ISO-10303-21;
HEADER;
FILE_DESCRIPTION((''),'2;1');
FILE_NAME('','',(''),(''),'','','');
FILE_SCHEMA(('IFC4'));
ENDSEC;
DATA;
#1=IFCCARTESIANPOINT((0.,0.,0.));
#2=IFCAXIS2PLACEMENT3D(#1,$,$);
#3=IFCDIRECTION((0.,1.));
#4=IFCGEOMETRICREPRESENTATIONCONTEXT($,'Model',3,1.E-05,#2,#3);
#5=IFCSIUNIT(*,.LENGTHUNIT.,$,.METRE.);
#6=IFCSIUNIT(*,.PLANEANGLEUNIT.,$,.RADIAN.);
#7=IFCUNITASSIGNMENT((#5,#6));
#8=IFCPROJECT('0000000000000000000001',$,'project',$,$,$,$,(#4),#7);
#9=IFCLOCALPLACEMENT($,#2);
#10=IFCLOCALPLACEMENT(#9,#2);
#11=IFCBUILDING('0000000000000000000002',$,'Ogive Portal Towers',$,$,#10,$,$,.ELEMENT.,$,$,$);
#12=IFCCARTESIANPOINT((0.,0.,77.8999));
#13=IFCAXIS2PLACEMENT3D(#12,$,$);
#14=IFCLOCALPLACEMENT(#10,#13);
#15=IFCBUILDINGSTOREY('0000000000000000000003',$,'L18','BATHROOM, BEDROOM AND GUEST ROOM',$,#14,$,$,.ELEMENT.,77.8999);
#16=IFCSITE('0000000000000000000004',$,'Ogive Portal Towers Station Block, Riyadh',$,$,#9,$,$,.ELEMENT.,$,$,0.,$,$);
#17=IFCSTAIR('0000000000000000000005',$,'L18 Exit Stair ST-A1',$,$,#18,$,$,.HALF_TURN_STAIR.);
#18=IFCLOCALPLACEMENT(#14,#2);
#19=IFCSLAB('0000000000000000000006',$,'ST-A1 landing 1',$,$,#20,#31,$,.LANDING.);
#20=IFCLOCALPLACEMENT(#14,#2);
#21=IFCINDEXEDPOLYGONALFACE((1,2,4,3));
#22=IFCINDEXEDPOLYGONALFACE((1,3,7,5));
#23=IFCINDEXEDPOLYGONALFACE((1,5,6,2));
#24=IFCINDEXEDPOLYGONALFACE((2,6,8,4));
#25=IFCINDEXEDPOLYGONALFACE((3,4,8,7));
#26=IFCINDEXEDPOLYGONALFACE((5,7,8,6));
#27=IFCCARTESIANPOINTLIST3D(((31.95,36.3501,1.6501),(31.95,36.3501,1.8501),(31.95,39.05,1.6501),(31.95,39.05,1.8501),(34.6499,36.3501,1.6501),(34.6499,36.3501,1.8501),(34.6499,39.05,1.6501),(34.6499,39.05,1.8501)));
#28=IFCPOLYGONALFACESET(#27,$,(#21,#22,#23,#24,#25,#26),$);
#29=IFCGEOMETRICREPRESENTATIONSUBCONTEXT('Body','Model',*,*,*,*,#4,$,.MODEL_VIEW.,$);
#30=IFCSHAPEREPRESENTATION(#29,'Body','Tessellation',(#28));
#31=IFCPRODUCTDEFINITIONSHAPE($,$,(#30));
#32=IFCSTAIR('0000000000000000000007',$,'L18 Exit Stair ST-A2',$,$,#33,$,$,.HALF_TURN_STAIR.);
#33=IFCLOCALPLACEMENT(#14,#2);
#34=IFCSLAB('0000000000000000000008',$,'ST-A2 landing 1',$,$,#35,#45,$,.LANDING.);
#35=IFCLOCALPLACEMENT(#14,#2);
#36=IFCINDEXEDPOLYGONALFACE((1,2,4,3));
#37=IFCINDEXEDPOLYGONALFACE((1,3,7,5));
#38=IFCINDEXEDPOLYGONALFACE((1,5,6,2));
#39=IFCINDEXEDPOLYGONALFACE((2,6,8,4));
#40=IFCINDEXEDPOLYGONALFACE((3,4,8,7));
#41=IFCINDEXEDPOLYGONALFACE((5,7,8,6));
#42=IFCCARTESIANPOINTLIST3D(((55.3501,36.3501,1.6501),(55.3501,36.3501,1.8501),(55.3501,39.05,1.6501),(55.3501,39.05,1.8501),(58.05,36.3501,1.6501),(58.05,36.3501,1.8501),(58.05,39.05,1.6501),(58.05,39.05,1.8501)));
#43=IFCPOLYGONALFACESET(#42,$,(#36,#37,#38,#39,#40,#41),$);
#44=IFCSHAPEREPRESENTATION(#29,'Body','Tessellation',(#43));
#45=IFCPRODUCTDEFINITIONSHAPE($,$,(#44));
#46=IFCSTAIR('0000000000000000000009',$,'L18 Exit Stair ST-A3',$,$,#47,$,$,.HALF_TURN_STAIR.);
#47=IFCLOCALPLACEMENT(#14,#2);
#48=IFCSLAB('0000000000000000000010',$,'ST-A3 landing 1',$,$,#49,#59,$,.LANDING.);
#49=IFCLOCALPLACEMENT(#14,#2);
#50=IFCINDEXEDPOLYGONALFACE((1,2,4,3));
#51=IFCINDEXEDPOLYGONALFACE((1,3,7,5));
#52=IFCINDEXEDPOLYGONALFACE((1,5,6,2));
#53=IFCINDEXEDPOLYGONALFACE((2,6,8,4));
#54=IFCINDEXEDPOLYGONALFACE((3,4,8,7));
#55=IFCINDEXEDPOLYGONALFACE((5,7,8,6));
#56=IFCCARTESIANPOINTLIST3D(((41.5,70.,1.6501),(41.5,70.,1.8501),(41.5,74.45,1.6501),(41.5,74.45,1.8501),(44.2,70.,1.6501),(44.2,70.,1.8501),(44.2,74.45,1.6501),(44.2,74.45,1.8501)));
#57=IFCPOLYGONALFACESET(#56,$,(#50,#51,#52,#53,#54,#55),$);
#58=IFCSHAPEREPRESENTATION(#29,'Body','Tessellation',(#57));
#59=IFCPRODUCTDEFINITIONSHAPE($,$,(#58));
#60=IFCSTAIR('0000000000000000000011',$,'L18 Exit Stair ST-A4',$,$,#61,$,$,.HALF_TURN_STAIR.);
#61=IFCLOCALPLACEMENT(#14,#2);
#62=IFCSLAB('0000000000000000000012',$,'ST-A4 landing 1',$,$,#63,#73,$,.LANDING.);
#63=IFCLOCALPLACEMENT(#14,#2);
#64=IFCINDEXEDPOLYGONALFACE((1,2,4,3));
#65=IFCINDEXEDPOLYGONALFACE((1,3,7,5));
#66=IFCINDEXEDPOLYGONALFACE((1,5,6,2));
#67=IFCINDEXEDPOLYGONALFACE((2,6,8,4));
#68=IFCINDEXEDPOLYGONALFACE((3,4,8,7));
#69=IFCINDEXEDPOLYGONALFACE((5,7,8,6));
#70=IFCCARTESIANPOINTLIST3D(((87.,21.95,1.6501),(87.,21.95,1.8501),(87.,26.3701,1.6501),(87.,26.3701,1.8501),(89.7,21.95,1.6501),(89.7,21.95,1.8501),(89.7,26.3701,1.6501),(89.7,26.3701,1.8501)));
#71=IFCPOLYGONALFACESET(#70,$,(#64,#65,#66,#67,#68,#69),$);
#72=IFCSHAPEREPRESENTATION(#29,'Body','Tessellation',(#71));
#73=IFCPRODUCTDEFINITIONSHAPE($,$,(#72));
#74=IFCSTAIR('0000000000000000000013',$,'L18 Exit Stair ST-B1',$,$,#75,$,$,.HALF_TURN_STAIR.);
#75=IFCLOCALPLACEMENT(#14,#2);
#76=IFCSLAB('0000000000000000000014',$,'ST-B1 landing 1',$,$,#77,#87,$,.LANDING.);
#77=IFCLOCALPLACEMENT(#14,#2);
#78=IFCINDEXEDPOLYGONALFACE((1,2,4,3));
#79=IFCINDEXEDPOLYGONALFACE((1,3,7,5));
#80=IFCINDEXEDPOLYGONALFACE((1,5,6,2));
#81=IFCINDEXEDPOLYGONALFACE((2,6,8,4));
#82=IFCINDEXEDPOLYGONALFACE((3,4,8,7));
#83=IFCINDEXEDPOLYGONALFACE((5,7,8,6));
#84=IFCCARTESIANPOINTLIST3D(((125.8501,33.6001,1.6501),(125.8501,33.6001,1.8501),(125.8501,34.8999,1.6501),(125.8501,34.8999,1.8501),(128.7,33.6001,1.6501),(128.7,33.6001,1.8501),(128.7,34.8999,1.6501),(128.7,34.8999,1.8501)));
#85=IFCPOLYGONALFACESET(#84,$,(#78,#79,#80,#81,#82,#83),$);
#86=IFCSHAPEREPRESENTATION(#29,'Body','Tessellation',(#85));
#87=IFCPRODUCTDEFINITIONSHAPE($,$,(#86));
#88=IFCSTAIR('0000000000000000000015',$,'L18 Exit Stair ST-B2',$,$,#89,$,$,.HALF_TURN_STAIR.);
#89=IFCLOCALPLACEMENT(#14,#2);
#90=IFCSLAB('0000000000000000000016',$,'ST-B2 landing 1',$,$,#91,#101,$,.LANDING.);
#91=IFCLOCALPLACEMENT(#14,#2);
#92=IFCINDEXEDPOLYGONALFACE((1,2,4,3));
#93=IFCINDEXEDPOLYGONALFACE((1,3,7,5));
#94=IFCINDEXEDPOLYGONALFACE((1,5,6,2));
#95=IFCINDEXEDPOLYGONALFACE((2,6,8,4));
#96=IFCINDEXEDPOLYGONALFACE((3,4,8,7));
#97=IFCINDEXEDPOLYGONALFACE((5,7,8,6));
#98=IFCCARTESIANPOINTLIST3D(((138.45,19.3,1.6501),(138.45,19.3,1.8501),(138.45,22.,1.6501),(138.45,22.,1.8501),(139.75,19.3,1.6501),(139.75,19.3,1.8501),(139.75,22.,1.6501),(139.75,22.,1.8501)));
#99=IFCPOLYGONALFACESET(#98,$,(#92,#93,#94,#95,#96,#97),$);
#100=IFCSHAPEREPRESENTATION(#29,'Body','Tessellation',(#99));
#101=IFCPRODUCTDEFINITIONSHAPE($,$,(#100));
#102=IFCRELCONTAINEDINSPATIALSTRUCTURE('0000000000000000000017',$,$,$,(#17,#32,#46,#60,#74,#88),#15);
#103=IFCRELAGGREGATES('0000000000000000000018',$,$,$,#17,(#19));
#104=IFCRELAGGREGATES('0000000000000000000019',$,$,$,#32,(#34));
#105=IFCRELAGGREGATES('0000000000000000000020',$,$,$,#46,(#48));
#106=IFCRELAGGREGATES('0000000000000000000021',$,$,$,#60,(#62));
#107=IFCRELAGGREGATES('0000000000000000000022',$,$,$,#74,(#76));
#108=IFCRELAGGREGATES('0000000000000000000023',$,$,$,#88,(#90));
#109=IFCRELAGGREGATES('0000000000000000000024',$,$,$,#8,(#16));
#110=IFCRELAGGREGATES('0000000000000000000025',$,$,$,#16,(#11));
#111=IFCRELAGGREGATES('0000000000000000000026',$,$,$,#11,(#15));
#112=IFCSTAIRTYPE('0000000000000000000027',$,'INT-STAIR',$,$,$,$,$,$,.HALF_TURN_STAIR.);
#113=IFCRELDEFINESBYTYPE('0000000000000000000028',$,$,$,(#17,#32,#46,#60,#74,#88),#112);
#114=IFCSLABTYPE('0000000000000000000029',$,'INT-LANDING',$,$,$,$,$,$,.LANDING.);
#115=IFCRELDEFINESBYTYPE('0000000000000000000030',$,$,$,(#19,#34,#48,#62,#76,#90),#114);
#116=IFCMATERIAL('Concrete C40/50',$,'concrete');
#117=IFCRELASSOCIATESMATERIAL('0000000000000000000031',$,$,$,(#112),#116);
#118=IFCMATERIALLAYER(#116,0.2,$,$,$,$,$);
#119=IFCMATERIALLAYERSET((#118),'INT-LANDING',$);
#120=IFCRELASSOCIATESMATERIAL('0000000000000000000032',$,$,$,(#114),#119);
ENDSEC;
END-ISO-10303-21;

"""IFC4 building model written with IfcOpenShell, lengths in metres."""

from ifc_helpers import new_model, si_unit, direction, frame, origin, place, context, subcontext, project, spatial, polyline, outline, extrude, material, layer, layer_set, type_object, element, aggregate, save


model = new_model("IFC4")

# Units and contexts
model_context = context("Model", 3, precision=1e-05, world=origin(), true_north=direction((0.0, 1.0)))
body_context = subcontext(model_context, "Body", "Model", "MODEL_VIEW")
ifc_project = project(units=[si_unit("LENGTHUNIT", "METRE"), si_unit("PLANEANGLEUNIT", "RADIAN")], contexts=[model_context])

# Site, building, storey
site_placement = place(None, origin())
site = spatial("IfcSite", under=ifc_project, at=site_placement, Name="Ogive Portal Towers Station Block, Riyadh", CompositionType="ELEMENT", RefElevation=0.0)
building_placement = place(site_placement, origin())
building = spatial("IfcBuilding", under=site, at=building_placement, Name="Ogive Portal Towers", CompositionType="ELEMENT")
storey_placement = place(building_placement, frame((0.0, 0.0, 77.8999)))
storey = spatial("IfcBuildingStorey", under=building, at=storey_placement, Name="L18", Description="BATHROOM, BEDROOM AND GUEST ROOM", CompositionType="ELEMENT", Elevation=77.8999)

# Stairs, slabs
ifc_material_1 = material(Name="Concrete C40/50", Category="concrete")
stair_type = type_object("IfcStairType", Name="INT-STAIR", PredefinedType="HALF_TURN_STAIR", material=ifc_material_1)
stair_1_placement = place(storey_placement, origin())
stair_1 = element("IfcStair", 1, at=stair_1_placement, inside=storey, type_object=stair_type, Name="L18 Exit Stair ST-A1", PredefinedType="HALF_TURN_STAIR")
ifc_layer_1 = layer(ifc_material_1, 0.2)
ifc_layer_set_1 = layer_set([ifc_layer_1], Name="INT-LANDING")
slab_type_1 = type_object("IfcSlabType", Name="INT-LANDING", PredefinedType="LANDING", material=ifc_layer_set_1)
slab_1_placement = place(storey_placement, frame((0.0, 0.0, 1.6501)))
slab_1 = element("IfcSlab", 2, at=slab_1_placement, type_object=slab_type_1, Name="ST-A1 landing 1", PredefinedType="LANDING", context=body_context, shape_type="SweptSolid", body=[
    extrude(outline(polyline([(34.6499, 39.05), (31.95, 39.05), (31.95, 36.3501), (34.6499, 36.3501), (34.6499, 39.05)])), origin(), (0.0, 0.0, 1.0), 0.2),
])
aggregate(stair_1, [slab_1])
stair_2_placement = place(storey_placement, origin())
stair_2 = element("IfcStair", 3, at=stair_2_placement, inside=storey, type_object=stair_type, Name="L18 Exit Stair ST-A2", PredefinedType="HALF_TURN_STAIR")
slab_2_placement = place(storey_placement, frame((0.0, 0.0, 1.6501)))
slab_2 = element("IfcSlab", 4, at=slab_2_placement, type_object=slab_type_1, Name="ST-A2 landing 1", PredefinedType="LANDING", context=body_context, shape_type="SweptSolid", body=[
    extrude(outline(polyline([(55.3501, 36.3501), (58.05, 36.3501), (58.05, 39.05), (55.3501, 39.05), (55.3501, 36.3501)])), origin(), (0.0, 0.0, 1.0), 0.2),
])
aggregate(stair_2, [slab_2])
stair_3_placement = place(storey_placement, origin())
stair_3 = element("IfcStair", 5, at=stair_3_placement, inside=storey, type_object=stair_type, Name="L18 Exit Stair ST-A3", PredefinedType="HALF_TURN_STAIR")
slab_3_placement = place(storey_placement, frame((0.0, 0.0, 1.6501)))
slab_3 = element("IfcSlab", 6, at=slab_3_placement, type_object=slab_type_1, Name="ST-A3 landing 1", PredefinedType="LANDING", context=body_context, shape_type="SweptSolid", body=[
    extrude(outline(polyline([(44.2, 70.0), (44.2, 74.45), (41.5, 74.45), (41.5, 70.0), (44.2, 70.0)])), origin(), (0.0, 0.0, 1.0), 0.2),
])
aggregate(stair_3, [slab_3])
stair_4_placement = place(storey_placement, origin())
stair_4 = element("IfcStair", 7, at=stair_4_placement, inside=storey, type_object=stair_type, Name="L18 Exit Stair ST-A4", PredefinedType="HALF_TURN_STAIR")
slab_4_placement = place(storey_placement, frame((0.0, 0.0, 1.6501)))
slab_4 = element("IfcSlab", 8, at=slab_4_placement, type_object=slab_type_1, Name="ST-A4 landing 1", PredefinedType="LANDING", context=body_context, shape_type="SweptSolid", body=[
    extrude(outline(polyline([(87.0, 26.3701), (87.0, 21.95), (89.7, 21.95), (89.7, 26.3701), (87.0, 26.3701)])), origin(), (0.0, 0.0, 1.0), 0.2),
])
aggregate(stair_4, [slab_4])
stair_5_placement = place(storey_placement, origin())
stair_5 = element("IfcStair", 9, at=stair_5_placement, inside=storey, type_object=stair_type, Name="L18 Exit Stair ST-B1", PredefinedType="HALF_TURN_STAIR")
slab_5_placement = place(storey_placement, frame((0.0, 0.0, 1.6501)))
slab_5 = element("IfcSlab", 10, at=slab_5_placement, type_object=slab_type_1, Name="ST-B1 landing 1", PredefinedType="LANDING", context=body_context, shape_type="SweptSolid", body=[
    extrude(outline(polyline([(128.7, 33.6001), (128.7, 34.8999), (125.8501, 34.8999), (125.8501, 33.6001), (128.7, 33.6001)])), origin(), (0.0, 0.0, 1.0), 0.2),
])
aggregate(stair_5, [slab_5])
stair_6_placement = place(storey_placement, origin())
stair_6 = element("IfcStair", 11, at=stair_6_placement, inside=storey, type_object=stair_type, Name="L18 Exit Stair ST-B2", PredefinedType="HALF_TURN_STAIR")
slab_6_placement = place(storey_placement, frame((0.0, 0.0, 1.6501)))
slab_6 = element("IfcSlab", 12, at=slab_6_placement, type_object=slab_type_1, Name="ST-B2 landing 1", PredefinedType="LANDING", context=body_context, shape_type="SweptSolid", body=[
    extrude(outline(polyline([(139.75, 22.0), (138.45, 22.0), (138.45, 19.3), (139.75, 19.3), (139.75, 22.0)])), origin(), (0.0, 0.0, 1.0), 0.2),
])
aggregate(stair_6, [slab_6])

save(model, "model.ifc")
